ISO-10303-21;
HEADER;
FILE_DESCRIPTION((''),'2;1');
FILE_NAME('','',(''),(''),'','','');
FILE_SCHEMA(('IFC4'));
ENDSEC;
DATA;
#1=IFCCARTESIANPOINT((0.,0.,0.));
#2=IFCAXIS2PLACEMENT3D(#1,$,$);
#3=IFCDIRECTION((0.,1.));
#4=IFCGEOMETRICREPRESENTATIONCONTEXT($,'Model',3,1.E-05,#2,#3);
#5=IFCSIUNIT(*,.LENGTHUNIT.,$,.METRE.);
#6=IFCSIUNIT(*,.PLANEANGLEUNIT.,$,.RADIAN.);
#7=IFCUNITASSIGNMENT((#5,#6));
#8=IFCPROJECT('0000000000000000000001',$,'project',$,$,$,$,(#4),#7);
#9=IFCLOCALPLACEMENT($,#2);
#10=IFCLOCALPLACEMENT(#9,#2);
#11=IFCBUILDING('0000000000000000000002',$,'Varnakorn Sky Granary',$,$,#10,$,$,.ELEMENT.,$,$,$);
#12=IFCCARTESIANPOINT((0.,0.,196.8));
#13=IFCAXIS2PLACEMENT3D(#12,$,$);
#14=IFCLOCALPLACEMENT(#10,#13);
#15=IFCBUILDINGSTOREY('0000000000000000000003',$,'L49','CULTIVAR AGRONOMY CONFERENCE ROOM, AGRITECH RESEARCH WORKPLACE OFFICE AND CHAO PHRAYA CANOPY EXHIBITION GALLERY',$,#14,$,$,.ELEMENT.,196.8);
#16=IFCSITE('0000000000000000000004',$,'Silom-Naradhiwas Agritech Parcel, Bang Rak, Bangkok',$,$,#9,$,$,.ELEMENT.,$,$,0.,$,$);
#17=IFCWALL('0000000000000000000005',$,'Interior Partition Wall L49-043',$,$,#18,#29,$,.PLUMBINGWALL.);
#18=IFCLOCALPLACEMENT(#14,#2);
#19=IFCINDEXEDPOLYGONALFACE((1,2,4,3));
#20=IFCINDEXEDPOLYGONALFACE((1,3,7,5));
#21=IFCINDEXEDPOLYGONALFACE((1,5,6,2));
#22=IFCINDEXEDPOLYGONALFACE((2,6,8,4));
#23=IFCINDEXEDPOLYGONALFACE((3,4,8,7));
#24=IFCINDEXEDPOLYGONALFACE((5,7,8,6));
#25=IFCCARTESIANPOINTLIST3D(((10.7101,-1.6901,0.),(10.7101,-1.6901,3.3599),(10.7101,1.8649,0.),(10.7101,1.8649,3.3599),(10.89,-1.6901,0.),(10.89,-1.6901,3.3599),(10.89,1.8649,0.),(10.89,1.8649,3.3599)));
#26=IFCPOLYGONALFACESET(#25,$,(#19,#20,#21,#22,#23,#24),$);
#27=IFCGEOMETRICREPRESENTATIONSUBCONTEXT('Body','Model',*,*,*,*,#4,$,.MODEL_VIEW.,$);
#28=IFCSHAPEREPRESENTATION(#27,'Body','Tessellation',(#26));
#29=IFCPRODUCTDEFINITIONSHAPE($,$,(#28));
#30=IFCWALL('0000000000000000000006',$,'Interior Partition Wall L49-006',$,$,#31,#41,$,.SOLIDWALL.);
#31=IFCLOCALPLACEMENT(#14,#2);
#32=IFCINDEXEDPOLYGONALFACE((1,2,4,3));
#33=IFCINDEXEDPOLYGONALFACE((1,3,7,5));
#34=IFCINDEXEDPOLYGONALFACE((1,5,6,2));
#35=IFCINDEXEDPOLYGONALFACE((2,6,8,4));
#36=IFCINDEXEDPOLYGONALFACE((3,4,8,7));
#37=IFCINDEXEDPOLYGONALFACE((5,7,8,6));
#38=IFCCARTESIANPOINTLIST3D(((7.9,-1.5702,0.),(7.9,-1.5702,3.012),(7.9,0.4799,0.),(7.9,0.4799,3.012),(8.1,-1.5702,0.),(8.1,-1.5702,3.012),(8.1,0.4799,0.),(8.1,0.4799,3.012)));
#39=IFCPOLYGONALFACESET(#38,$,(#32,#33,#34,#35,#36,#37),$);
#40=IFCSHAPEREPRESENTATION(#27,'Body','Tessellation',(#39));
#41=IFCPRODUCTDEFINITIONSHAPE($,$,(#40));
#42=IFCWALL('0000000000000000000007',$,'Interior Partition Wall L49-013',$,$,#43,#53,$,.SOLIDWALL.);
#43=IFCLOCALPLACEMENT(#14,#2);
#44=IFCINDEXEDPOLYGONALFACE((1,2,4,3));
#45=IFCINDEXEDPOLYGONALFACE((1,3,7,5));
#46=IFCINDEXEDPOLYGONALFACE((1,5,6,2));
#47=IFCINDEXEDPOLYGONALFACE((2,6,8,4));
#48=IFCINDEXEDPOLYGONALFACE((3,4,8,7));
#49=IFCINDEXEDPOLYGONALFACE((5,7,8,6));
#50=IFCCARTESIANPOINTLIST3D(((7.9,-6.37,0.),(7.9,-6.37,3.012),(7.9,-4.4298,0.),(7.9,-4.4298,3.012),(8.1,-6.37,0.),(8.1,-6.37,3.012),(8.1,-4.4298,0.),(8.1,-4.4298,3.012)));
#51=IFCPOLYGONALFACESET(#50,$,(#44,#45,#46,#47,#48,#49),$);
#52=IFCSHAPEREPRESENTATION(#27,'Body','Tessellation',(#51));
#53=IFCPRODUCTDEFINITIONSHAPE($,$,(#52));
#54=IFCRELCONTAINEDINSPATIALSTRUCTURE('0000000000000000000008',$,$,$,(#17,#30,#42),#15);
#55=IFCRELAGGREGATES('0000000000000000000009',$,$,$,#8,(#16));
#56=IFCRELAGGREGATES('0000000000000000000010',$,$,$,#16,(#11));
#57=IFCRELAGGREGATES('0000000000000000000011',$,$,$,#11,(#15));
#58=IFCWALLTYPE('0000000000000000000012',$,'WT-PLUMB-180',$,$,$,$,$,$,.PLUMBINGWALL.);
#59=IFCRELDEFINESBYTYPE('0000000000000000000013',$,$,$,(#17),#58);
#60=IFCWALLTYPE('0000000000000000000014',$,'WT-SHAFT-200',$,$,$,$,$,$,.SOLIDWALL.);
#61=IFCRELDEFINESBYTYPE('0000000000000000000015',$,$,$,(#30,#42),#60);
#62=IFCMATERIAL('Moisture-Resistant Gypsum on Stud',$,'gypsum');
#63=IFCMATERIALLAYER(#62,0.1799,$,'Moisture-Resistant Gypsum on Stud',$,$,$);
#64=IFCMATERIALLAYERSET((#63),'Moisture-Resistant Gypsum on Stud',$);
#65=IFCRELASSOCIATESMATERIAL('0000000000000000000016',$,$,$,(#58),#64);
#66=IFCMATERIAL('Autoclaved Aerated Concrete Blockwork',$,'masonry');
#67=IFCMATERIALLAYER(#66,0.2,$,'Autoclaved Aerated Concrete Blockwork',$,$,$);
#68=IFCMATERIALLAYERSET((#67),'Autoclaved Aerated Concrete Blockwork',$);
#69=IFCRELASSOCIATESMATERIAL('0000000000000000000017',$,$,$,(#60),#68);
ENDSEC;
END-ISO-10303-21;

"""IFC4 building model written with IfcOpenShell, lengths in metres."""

from ifc_helpers import new_model, si_unit, direction, frame, frame_2d, origin, place, context, subcontext, project, spatial, rectangle, extrude, material, layer, layer_set, type_object, element, save


model = new_model("IFC4")

# Units and contexts
model_context = context("Model", 3, precision=1e-05, world=origin(), true_north=direction((0.0, 1.0)))
body_context = subcontext(model_context, "Body", "Model", "MODEL_VIEW")
ifc_project = project(units=[si_unit("LENGTHUNIT", "METRE"), si_unit("PLANEANGLEUNIT", "RADIAN")], contexts=[model_context])

# Site, building, storey
site_placement = place(None, origin())
site = spatial("IfcSite", under=ifc_project, at=site_placement, Name="Silom-Naradhiwas Agritech Parcel, Bang Rak, Bangkok", CompositionType="ELEMENT", RefElevation=0.0)
building_placement = place(site_placement, origin())
building = spatial("IfcBuilding", under=site, at=building_placement, Name="Varnakorn Sky Granary", CompositionType="ELEMENT")
storey_placement = place(building_placement, frame((0.0, 0.0, 196.8)))
storey = spatial("IfcBuildingStorey", under=building, at=storey_placement, Name="L49", Description="CULTIVAR AGRONOMY CONFERENCE ROOM, AGRITECH RESEARCH WORKPLACE OFFICE AND CHAO PHRAYA CANOPY EXHIBITION GALLERY", CompositionType="ELEMENT", Elevation=196.8)

# Shared definitions
ifc_material_1 = material(Name="Autoclaved Aerated Concrete Blockwork", Category="masonry")

# Shared definitions
ifc_material_2 = material(Name="Moisture-Resistant Gypsum on Stud", Category="gypsum")
ifc_layer_1 = layer(ifc_material_2, 0.1799, Name="Moisture-Resistant Gypsum on Stud")
ifc_layer_set_1 = layer_set([ifc_layer_1], Name="Moisture-Resistant Gypsum on Stud")
wall_type_1 = type_object("IfcWallType", Name="WT-PLUMB-180", PredefinedType="PLUMBINGWALL", material=ifc_layer_set_1)

# Walls
wall_1_placement = place(storey_placement, frame((10.8, -1.6899, 0.0), z_axis=(0.0, 0.0, 1.0), x_axis=(0.0, 1.0, 0.0)))
element("IfcWall", 1, at=wall_1_placement, inside=storey, type_object=wall_type_1, Name="Interior Partition Wall L49-043", PredefinedType="PLUMBINGWALL", context=body_context, shape_type="SweptSolid", body=[
    extrude(rectangle(XDim=3.5549, YDim=0.1799, at=frame_2d((1.7773, 0.0))), origin(), (0.0, 0.0, 1.0), 3.3599),
])
ifc_layer_2 = layer(ifc_material_1, 0.2, Name="Autoclaved Aerated Concrete Blockwork")
ifc_layer_set_2 = layer_set([ifc_layer_2], Name="Autoclaved Aerated Concrete Blockwork")
wall_type_2 = type_object("IfcWallType", Name="WT-SHAFT-200", PredefinedType="SOLIDWALL", material=ifc_layer_set_2)
wall_2_placement = place(storey_placement, frame((8.0, -1.5701, 0.0), z_axis=(0.0, 0.0, 1.0), x_axis=(0.0, 1.0, 0.0)))
element("IfcWall", 2, at=wall_2_placement, inside=storey, type_object=wall_type_2, Name="Interior Partition Wall L49-006", PredefinedType="SOLIDWALL", context=body_context, shape_type="SweptSolid", body=[
    extrude(rectangle(XDim=2.05, YDim=0.2, at=frame_2d((1.0249, 0.0))), origin(), (0.0, 0.0, 1.0), 3.012),
])
wall_3_placement = place(storey_placement, frame((8.0, -6.3701, 0.0), z_axis=(0.0, 0.0, 1.0), x_axis=(0.0, 1.0, 0.0)))
element("IfcWall", 3, at=wall_3_placement, inside=storey, type_object=wall_type_2, Name="Interior Partition Wall L49-013", PredefinedType="SOLIDWALL", context=body_context, shape_type="SweptSolid", body=[
    extrude(rectangle(XDim=1.9402, YDim=0.2, at=frame_2d((0.9702, 0.0))), origin(), (0.0, 0.0, 1.0), 3.012),
])

save(model, "model.ifc")
